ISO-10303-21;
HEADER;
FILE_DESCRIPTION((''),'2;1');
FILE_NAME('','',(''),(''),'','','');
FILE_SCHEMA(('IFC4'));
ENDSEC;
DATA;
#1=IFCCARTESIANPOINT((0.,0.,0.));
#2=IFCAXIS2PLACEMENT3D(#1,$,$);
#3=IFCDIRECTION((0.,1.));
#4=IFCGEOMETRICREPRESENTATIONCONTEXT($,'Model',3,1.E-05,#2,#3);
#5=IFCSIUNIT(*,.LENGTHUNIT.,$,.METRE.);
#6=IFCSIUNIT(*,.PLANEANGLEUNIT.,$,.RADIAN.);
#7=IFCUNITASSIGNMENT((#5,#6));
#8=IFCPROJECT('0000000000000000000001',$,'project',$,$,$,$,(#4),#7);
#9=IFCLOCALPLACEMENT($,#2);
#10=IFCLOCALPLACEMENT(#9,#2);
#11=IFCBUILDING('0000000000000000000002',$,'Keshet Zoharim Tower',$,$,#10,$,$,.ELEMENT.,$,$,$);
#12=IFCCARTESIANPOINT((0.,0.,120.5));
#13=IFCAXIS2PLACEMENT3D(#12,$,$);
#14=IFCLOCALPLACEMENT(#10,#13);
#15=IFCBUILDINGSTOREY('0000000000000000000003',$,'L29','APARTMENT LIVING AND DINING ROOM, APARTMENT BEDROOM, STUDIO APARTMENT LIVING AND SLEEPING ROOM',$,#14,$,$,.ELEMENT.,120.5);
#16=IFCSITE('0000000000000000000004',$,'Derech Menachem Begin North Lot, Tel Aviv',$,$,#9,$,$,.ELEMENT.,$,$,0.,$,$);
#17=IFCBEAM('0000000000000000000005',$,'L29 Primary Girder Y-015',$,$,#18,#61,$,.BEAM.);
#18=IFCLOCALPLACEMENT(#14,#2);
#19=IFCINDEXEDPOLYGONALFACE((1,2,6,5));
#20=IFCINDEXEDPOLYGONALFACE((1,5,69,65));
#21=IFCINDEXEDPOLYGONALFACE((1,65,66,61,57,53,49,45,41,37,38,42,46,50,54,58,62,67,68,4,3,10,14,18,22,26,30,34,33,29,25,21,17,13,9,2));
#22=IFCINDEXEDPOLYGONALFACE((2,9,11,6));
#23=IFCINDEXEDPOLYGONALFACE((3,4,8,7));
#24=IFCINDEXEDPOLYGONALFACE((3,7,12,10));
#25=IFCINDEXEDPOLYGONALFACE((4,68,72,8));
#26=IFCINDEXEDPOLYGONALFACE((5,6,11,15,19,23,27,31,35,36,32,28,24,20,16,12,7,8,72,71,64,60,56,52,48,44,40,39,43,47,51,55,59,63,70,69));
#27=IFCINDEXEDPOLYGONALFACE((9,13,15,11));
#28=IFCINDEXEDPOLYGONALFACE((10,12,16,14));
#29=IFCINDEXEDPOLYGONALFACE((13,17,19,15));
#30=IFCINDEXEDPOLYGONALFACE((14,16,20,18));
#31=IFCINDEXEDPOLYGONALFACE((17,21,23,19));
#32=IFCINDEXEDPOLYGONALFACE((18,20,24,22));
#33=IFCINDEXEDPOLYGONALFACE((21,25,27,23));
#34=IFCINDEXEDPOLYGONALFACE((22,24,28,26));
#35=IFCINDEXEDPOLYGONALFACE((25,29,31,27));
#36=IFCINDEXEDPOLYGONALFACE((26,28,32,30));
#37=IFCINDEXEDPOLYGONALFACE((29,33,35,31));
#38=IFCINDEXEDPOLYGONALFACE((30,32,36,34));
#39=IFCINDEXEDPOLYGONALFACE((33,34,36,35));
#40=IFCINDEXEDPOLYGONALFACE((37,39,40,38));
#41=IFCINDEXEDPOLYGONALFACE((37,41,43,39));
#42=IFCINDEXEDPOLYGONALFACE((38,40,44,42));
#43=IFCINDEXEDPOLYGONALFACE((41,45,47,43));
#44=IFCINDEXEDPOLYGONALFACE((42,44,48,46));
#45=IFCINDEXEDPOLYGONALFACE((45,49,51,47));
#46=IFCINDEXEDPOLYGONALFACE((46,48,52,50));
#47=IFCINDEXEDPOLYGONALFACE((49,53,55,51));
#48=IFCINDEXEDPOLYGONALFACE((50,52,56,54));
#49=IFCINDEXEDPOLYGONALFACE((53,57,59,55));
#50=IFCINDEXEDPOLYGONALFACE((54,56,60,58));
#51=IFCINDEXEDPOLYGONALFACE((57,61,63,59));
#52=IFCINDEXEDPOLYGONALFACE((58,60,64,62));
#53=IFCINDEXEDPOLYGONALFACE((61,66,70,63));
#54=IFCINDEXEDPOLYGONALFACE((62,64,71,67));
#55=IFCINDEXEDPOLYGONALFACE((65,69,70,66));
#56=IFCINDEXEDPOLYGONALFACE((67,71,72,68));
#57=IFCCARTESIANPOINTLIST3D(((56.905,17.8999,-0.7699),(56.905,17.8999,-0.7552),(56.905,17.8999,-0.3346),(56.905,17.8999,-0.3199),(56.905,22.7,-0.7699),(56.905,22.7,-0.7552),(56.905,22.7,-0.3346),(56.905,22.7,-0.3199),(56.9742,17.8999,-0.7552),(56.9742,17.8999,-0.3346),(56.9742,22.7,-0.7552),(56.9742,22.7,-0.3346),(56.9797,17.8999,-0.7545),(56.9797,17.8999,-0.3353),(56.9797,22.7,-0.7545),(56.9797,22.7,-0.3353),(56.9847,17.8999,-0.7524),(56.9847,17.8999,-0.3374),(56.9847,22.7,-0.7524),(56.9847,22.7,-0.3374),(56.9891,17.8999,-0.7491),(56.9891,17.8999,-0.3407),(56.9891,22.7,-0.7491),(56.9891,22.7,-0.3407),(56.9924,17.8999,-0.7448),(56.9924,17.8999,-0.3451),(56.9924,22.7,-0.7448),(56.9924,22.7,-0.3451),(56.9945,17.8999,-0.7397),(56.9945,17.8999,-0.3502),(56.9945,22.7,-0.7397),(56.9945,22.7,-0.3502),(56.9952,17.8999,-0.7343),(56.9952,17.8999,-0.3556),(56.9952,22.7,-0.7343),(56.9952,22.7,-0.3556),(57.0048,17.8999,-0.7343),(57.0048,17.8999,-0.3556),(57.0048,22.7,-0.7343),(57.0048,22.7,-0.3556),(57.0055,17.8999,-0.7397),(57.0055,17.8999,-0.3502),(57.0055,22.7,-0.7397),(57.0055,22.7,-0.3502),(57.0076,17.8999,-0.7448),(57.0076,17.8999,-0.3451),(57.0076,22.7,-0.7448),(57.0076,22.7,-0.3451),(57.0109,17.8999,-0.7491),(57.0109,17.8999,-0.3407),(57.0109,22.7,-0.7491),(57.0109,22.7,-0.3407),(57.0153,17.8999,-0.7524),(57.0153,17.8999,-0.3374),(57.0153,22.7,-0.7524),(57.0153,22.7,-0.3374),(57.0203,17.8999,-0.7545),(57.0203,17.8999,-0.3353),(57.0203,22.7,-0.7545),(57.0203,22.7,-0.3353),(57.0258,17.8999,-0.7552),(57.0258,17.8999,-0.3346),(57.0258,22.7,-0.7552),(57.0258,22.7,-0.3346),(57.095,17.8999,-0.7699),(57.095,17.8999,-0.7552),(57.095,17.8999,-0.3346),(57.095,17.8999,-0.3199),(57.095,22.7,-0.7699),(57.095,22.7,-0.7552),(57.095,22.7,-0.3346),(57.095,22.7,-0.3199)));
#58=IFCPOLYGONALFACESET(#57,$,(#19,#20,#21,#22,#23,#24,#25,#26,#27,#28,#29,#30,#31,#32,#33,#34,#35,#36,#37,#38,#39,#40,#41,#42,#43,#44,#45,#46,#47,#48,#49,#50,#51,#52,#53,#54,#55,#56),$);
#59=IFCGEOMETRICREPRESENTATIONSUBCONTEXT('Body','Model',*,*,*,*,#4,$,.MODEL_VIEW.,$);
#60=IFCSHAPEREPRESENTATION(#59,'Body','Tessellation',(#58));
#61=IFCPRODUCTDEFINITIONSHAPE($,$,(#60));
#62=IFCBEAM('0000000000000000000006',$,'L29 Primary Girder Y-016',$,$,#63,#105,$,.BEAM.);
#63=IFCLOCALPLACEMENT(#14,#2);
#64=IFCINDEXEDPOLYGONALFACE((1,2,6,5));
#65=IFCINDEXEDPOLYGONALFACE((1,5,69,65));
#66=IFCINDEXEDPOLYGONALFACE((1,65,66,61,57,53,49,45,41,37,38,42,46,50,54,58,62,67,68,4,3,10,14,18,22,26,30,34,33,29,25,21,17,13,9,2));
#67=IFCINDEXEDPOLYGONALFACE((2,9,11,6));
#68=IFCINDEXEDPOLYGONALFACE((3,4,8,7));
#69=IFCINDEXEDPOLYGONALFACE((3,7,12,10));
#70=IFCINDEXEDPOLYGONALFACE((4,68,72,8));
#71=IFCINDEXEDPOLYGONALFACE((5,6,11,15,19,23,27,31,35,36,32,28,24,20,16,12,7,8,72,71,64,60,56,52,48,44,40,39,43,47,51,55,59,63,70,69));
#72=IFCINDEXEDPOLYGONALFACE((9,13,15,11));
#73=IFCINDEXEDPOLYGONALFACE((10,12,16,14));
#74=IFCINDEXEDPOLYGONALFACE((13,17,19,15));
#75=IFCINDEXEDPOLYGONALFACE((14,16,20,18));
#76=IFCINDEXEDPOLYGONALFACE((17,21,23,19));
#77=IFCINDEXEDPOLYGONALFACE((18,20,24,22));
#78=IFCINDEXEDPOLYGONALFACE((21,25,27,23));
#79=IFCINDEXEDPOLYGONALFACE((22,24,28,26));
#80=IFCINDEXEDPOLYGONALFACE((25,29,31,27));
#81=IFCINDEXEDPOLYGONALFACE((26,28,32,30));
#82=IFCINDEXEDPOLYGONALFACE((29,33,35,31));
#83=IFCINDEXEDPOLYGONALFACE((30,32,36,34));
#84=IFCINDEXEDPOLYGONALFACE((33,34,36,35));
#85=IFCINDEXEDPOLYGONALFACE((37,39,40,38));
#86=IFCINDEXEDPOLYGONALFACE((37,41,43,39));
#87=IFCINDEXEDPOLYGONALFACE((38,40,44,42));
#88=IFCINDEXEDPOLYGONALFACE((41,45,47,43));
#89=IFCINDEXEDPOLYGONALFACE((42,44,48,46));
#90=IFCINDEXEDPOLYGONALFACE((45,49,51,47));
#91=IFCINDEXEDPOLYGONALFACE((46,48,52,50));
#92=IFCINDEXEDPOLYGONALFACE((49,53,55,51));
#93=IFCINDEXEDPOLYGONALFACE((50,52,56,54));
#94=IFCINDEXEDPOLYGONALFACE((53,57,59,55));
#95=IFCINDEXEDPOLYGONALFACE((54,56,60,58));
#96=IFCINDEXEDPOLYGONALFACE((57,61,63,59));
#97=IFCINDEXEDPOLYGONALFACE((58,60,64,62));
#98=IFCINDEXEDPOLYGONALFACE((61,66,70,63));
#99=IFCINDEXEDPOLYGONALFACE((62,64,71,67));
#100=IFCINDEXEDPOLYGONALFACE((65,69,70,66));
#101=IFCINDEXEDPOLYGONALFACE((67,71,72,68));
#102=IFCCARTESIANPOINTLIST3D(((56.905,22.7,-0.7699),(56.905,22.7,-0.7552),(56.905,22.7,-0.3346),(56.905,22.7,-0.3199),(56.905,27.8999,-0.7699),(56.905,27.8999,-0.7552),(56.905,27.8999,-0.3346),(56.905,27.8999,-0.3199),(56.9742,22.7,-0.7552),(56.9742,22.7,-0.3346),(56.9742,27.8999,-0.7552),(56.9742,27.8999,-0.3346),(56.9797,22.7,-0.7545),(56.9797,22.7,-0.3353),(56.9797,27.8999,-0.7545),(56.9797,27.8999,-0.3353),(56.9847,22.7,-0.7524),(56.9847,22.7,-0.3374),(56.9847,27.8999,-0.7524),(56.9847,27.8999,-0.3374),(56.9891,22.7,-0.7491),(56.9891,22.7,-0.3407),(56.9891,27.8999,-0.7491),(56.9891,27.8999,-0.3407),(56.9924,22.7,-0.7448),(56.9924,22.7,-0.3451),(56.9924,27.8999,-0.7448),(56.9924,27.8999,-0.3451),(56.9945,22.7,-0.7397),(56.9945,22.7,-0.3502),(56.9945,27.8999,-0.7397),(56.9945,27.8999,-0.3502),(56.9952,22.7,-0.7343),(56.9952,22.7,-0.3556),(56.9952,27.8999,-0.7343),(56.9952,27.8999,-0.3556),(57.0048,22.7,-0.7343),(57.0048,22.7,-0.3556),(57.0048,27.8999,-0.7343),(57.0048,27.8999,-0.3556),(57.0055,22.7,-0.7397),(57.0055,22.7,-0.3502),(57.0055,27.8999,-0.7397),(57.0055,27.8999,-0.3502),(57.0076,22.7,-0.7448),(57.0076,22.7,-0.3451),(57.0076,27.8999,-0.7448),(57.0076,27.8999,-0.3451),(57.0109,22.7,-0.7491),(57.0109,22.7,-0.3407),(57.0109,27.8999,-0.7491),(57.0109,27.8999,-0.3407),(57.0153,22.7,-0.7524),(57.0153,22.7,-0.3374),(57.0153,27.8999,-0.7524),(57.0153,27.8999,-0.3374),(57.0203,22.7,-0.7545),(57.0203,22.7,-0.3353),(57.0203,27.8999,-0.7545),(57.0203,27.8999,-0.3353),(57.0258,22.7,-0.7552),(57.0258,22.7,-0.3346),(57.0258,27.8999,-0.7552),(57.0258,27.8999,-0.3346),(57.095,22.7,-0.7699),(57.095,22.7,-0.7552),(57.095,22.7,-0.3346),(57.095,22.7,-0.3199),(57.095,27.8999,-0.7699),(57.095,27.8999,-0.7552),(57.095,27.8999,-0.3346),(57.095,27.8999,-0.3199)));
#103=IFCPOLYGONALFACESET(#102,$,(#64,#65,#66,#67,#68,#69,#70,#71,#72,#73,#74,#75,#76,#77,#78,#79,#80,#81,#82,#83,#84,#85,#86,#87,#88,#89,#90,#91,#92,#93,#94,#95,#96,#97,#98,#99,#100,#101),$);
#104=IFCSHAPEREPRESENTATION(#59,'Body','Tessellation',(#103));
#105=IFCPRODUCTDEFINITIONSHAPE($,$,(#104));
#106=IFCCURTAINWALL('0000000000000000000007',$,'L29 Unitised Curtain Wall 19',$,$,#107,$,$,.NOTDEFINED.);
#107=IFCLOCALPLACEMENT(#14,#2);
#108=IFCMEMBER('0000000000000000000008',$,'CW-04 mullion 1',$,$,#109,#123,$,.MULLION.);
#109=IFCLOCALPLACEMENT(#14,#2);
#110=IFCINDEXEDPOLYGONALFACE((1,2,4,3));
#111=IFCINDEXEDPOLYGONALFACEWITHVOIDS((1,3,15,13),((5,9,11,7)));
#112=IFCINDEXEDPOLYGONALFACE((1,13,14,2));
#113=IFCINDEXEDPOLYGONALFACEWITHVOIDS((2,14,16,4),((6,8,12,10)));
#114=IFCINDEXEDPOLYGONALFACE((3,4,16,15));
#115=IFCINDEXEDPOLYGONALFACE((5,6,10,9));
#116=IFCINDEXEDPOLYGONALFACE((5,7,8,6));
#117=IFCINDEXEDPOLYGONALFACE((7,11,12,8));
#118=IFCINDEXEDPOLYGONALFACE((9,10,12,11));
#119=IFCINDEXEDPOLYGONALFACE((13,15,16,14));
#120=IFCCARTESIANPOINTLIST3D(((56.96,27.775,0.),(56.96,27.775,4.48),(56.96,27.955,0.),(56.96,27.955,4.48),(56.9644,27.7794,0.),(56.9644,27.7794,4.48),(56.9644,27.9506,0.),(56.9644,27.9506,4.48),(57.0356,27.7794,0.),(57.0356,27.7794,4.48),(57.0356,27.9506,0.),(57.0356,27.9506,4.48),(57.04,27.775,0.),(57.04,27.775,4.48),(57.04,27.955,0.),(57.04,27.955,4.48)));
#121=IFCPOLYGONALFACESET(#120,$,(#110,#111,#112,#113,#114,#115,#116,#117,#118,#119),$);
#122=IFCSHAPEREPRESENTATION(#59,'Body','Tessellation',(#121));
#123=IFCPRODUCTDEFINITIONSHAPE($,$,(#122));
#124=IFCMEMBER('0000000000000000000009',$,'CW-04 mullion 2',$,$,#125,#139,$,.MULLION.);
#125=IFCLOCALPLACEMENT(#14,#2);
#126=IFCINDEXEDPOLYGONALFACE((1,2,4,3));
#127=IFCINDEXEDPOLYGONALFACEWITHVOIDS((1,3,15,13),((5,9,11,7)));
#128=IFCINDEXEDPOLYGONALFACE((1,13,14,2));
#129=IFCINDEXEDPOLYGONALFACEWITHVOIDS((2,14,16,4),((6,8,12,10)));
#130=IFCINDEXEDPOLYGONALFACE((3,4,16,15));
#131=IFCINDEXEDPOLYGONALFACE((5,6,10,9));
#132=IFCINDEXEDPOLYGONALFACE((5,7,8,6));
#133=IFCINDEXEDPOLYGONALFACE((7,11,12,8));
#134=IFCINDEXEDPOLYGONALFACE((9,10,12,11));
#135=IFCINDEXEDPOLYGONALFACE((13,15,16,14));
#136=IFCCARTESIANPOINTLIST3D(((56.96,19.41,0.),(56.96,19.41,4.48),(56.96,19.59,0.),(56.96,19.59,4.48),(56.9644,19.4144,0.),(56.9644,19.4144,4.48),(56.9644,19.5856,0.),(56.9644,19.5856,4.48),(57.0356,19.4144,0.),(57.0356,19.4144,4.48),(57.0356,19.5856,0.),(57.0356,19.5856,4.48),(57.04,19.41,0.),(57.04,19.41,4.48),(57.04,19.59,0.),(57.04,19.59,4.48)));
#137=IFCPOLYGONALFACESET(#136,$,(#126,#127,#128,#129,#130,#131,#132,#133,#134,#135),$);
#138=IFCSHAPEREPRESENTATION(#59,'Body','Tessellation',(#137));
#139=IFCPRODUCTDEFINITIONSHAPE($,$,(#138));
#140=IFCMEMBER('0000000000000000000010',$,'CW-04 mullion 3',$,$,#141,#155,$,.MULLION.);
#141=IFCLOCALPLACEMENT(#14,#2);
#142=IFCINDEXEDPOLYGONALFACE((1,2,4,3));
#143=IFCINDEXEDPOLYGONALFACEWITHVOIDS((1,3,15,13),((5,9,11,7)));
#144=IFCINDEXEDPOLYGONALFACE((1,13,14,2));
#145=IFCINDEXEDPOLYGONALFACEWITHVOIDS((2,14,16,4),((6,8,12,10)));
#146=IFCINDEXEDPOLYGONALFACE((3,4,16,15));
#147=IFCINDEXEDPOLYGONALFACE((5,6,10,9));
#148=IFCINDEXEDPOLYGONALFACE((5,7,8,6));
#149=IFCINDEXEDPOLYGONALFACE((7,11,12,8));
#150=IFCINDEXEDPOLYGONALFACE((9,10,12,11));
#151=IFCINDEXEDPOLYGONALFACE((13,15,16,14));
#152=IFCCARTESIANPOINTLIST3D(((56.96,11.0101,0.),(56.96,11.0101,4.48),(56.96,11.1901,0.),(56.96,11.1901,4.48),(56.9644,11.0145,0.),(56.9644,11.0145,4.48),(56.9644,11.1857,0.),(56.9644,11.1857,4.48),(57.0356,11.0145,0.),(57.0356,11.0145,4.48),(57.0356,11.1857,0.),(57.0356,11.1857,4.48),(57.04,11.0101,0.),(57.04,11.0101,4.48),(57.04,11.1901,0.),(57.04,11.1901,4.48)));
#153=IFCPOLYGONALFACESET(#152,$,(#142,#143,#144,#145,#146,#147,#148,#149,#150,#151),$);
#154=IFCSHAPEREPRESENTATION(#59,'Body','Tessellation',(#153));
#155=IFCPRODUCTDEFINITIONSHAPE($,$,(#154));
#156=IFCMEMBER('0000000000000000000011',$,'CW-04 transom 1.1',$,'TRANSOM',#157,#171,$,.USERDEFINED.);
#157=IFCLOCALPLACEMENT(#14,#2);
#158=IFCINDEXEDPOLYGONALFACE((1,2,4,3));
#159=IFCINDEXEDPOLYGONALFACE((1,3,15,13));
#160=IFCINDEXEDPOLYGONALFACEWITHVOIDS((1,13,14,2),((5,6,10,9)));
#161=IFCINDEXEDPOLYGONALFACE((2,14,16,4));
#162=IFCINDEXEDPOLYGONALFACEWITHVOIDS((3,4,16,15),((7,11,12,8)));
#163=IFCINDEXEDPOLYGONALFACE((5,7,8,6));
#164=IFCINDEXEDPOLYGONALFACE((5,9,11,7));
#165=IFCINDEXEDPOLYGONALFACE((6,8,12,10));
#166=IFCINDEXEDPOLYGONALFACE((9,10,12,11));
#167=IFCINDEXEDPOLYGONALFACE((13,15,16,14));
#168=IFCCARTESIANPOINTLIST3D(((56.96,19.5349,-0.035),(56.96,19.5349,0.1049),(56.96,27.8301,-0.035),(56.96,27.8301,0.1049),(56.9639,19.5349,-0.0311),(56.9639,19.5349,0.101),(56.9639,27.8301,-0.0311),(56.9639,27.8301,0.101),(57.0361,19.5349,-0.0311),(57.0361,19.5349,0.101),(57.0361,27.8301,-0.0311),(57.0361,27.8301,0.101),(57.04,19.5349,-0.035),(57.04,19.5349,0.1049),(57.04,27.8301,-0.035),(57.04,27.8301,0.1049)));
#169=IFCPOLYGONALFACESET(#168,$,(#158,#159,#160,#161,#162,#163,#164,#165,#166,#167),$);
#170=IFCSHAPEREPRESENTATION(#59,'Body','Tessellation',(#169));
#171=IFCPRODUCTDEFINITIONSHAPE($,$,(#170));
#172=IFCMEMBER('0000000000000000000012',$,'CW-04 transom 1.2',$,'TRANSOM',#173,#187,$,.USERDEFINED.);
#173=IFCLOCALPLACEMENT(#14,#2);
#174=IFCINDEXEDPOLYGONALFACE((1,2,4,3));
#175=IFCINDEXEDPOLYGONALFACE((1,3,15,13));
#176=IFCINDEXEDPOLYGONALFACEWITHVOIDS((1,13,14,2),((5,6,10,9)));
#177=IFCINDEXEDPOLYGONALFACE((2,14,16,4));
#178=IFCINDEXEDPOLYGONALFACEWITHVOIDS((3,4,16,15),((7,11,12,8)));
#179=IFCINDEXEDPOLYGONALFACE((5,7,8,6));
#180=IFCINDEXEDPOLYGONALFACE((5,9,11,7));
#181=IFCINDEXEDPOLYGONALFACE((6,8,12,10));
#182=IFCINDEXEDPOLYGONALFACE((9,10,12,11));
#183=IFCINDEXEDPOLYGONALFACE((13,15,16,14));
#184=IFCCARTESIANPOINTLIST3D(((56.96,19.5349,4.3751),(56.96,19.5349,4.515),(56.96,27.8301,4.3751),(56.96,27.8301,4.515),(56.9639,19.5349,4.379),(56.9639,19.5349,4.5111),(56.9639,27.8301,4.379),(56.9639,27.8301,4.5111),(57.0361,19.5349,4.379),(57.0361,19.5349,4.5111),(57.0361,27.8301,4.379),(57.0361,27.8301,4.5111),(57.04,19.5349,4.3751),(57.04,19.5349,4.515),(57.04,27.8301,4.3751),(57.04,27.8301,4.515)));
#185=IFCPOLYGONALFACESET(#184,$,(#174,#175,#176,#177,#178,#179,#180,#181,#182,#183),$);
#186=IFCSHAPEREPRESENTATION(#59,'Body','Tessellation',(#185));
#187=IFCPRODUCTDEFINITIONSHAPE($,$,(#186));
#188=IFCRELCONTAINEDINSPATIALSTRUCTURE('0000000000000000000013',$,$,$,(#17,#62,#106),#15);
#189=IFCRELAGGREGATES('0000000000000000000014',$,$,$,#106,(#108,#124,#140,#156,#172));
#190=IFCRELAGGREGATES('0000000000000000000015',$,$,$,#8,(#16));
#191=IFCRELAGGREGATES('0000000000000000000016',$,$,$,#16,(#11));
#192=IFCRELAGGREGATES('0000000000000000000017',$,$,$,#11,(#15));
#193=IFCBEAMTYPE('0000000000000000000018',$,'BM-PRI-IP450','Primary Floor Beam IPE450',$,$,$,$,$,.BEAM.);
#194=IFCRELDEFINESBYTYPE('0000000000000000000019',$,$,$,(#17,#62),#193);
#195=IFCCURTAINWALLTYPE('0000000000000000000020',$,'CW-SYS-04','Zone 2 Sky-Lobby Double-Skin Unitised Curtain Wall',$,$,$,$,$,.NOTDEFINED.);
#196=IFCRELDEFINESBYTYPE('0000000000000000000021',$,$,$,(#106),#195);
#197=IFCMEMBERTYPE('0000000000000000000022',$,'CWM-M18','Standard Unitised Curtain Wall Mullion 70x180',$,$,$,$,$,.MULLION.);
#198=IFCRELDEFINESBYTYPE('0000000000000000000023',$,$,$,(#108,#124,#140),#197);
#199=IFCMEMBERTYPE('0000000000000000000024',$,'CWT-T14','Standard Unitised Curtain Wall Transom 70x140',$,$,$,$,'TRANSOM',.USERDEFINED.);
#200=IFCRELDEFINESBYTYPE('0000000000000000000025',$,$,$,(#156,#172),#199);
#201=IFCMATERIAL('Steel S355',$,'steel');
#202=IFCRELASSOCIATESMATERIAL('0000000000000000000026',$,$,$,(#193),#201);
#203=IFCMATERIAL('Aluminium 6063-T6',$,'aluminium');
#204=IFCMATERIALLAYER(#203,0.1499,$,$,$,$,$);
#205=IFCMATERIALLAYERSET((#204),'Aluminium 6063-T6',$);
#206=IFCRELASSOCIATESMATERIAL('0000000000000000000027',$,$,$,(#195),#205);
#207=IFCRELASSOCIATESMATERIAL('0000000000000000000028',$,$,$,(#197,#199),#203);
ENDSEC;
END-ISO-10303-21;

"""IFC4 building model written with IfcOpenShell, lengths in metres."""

from ifc_helpers import new_model, si_unit, direction, frame, origin, origin_2d, place, context, subcontext, project, spatial, hollow_rectangle, i_section, extrude, material, layer, layer_set, material_profile, profile_set, type_object, element, aggregate, save


model = new_model("IFC4")

# Units and contexts
model_context = context("Model", 3, precision=1e-05, world=origin(), true_north=direction((0.0, 1.0)))
body_context = subcontext(model_context, "Body", "Model", "MODEL_VIEW")
ifc_project = project(units=[si_unit("LENGTHUNIT", "METRE"), si_unit("PLANEANGLEUNIT", "RADIAN")], contexts=[model_context])

# Site, building, storey
site_placement = place(None, origin())
site = spatial("IfcSite", under=ifc_project, at=site_placement, Name="Derech Menachem Begin North Lot, Tel Aviv", CompositionType="ELEMENT", RefElevation=0.0)
building_placement = place(site_placement, origin())
building = spatial("IfcBuilding", under=site, at=building_placement, Name="Keshet Zoharim Tower", CompositionType="ELEMENT")
storey_placement = place(building_placement, frame((0.0, 0.0, 120.5)))
storey = spatial("IfcBuildingStorey", under=building, at=storey_placement, Name="L29", Description="APARTMENT LIVING AND DINING ROOM, APARTMENT BEDROOM, STUDIO APARTMENT LIVING AND SLEEPING ROOM", CompositionType="ELEMENT", Elevation=120.5)

# Shared definitions
ifc_material_1 = material(Name="Steel S355", Category="steel")

# Beams
ifc_material_profile_1 = material_profile(ifc_material_1, i_section(OverallWidth=0.1899, OverallDepth=0.45, WebThickness=0.0095, FlangeThickness=0.0146, FilletRadius=0.021, at=origin_2d()), Name="IPE450")
ifc_profile_set_1 = profile_set([ifc_material_profile_1], Name="Steel S355")
beam_type = type_object("IfcBeamType", Name="BM-PRI-IP450", Description="Primary Floor Beam IPE450", PredefinedType="BEAM", material=ifc_profile_set_1)
beam_1_placement = place(storey_placement, frame((57.0, 17.8999, -0.5449), z_axis=(0.0, 1.0, 0.0), x_axis=(-1.0, 0.0, 0.0)))
element("IfcBeam", 1, at=beam_1_placement, inside=storey, type_object=beam_type, Name="L29 Primary Girder Y-015", PredefinedType="BEAM", context=body_context, shape_type="SweptSolid", body=[
    extrude(i_section(OverallWidth=0.1899, OverallDepth=0.45, WebThickness=0.0095, FlangeThickness=0.0146, FilletRadius=0.021, at=origin_2d()), origin(), (0.0, 0.0, 1.0), 4.8),
])
beam_2_placement = place(storey_placement, frame((57.0, 22.7, -0.5449), z_axis=(0.0, 1.0, 0.0), x_axis=(-1.0, 0.0, 0.0)))
element("IfcBeam", 2, at=beam_2_placement, inside=storey, type_object=beam_type, Name="L29 Primary Girder Y-016", PredefinedType="BEAM", context=body_context, shape_type="SweptSolid", body=[
    extrude(i_section(OverallWidth=0.1899, OverallDepth=0.45, WebThickness=0.0095, FlangeThickness=0.0146, FilletRadius=0.021, at=origin_2d()), origin(), (0.0, 0.0, 1.0), 5.2),
])

# Curtain wall, members
ifc_material_2 = material(Name="Aluminium 6063-T6", Category="aluminium")
ifc_layer_1 = layer(ifc_material_2, 0.1499)
ifc_layer_set_1 = layer_set([ifc_layer_1], Name="Aluminium 6063-T6")
curtain_wall_type = type_object("IfcCurtainWallType", Name="CW-SYS-04", Description="Zone 2 Sky-Lobby Double-Skin Unitised Curtain Wall", PredefinedType="NOTDEFINED", material=ifc_layer_set_1)
curtain_wall_placement = place(storey_placement, origin())
curtain_wall = element("IfcCurtainWall", 3, at=curtain_wall_placement, inside=storey, type_object=curtain_wall_type, Name="L29 Unitised Curtain Wall 19", PredefinedType="NOTDEFINED")
ifc_material_profile_2 = material_profile(ifc_material_2, hollow_rectangle(XDim=0.0801, YDim=0.1799, WallThickness=0.0044, at=origin_2d()), Name="MUL-80x180")
ifc_profile_set_2 = profile_set([ifc_material_profile_2], Name="Aluminium 6063-T6")
member_type_1 = type_object("IfcMemberType", Name="CWM-M18", Description="Standard Unitised Curtain Wall Mullion 70x180", PredefinedType="MULLION", material=ifc_profile_set_2)
member_1_placement = place(storey_placement, frame((57.0, 27.865, 0.0), z_axis=(0.0, 0.0, 1.0), x_axis=(1.0, 0.0, 0.0)))
member_1 = element("IfcMember", 4, at=member_1_placement, type_object=member_type_1, Name="CW-04 mullion 1", PredefinedType="MULLION", context=body_context, shape_type="SweptSolid", body=[
    extrude(hollow_rectangle(XDim=0.0801, YDim=0.1799, WallThickness=0.0044, at=origin_2d()), origin(), (0.0, 0.0, 1.0), 4.48),
])
member_2_placement = place(storey_placement, frame((57.0, 19.5, 0.0), z_axis=(0.0, 0.0, 1.0), x_axis=(1.0, 0.0, 0.0)))
member_2 = element("IfcMember", 5, at=member_2_placement, type_object=member_type_1, Name="CW-04 mullion 2", PredefinedType="MULLION", context=body_context, shape_type="SweptSolid", body=[
    extrude(hollow_rectangle(XDim=0.0801, YDim=0.1799, WallThickness=0.0044, at=origin_2d()), origin(), (0.0, 0.0, 1.0), 4.48),
])
member_3_placement = place(storey_placement, frame((57.0, 11.1001, 0.0), z_axis=(0.0, 0.0, 1.0), x_axis=(1.0, 0.0, 0.0)))
member_3 = element("IfcMember", 6, at=member_3_placement, type_object=member_type_1, Name="CW-04 mullion 3", PredefinedType="MULLION", context=body_context, shape_type="SweptSolid", body=[
    extrude(hollow_rectangle(XDim=0.0801, YDim=0.1799, WallThickness=0.0044, at=origin_2d()), origin(), (0.0, 0.0, 1.0), 4.48),
])
ifc_material_profile_3 = material_profile(ifc_material_2, hollow_rectangle(XDim=0.0801, YDim=0.1399, WallThickness=0.0039, at=origin_2d()), Name="TRN-80x140")
ifc_profile_set_3 = profile_set([ifc_material_profile_3], Name="Aluminium 6063-T6")
member_type_2 = type_object("IfcMemberType", Name="CWT-T14", Description="Standard Unitised Curtain Wall Transom 70x140", ElementType="TRANSOM", PredefinedType="USERDEFINED", material=ifc_profile_set_3)
member_4_placement = place(storey_placement, frame((57.0, 27.8301, 0.0349), z_axis=(0.0, -1.0, 0.0), x_axis=(1.0, 0.0, 0.0)))
member_4 = element("IfcMember", 7, at=member_4_placement, type_object=member_type_2, Name="CW-04 transom 1.1", ObjectType="TRANSOM", PredefinedType="USERDEFINED", context=body_context, shape_type="SweptSolid", body=[
    extrude(hollow_rectangle(XDim=0.0801, YDim=0.1399, WallThickness=0.0039, at=origin_2d()), origin(), (0.0, 0.0, 1.0), 8.2952),
])
member_5_placement = place(storey_placement, frame((57.0, 27.8301, 4.4451), z_axis=(0.0, -1.0, 0.0), x_axis=(1.0, 0.0, 0.0)))
member_5 = element("IfcMember", 8, at=member_5_placement, type_object=member_type_2, Name="CW-04 transom 1.2", ObjectType="TRANSOM", PredefinedType="USERDEFINED", context=body_context, shape_type="SweptSolid", body=[
    extrude(hollow_rectangle(XDim=0.0801, YDim=0.1399, WallThickness=0.0039, at=origin_2d()), origin(), (0.0, 0.0, 1.0), 8.2952),
])
aggregate(curtain_wall, [member_1, member_2, member_3, member_4, member_5])

save(model, "model.ifc")
